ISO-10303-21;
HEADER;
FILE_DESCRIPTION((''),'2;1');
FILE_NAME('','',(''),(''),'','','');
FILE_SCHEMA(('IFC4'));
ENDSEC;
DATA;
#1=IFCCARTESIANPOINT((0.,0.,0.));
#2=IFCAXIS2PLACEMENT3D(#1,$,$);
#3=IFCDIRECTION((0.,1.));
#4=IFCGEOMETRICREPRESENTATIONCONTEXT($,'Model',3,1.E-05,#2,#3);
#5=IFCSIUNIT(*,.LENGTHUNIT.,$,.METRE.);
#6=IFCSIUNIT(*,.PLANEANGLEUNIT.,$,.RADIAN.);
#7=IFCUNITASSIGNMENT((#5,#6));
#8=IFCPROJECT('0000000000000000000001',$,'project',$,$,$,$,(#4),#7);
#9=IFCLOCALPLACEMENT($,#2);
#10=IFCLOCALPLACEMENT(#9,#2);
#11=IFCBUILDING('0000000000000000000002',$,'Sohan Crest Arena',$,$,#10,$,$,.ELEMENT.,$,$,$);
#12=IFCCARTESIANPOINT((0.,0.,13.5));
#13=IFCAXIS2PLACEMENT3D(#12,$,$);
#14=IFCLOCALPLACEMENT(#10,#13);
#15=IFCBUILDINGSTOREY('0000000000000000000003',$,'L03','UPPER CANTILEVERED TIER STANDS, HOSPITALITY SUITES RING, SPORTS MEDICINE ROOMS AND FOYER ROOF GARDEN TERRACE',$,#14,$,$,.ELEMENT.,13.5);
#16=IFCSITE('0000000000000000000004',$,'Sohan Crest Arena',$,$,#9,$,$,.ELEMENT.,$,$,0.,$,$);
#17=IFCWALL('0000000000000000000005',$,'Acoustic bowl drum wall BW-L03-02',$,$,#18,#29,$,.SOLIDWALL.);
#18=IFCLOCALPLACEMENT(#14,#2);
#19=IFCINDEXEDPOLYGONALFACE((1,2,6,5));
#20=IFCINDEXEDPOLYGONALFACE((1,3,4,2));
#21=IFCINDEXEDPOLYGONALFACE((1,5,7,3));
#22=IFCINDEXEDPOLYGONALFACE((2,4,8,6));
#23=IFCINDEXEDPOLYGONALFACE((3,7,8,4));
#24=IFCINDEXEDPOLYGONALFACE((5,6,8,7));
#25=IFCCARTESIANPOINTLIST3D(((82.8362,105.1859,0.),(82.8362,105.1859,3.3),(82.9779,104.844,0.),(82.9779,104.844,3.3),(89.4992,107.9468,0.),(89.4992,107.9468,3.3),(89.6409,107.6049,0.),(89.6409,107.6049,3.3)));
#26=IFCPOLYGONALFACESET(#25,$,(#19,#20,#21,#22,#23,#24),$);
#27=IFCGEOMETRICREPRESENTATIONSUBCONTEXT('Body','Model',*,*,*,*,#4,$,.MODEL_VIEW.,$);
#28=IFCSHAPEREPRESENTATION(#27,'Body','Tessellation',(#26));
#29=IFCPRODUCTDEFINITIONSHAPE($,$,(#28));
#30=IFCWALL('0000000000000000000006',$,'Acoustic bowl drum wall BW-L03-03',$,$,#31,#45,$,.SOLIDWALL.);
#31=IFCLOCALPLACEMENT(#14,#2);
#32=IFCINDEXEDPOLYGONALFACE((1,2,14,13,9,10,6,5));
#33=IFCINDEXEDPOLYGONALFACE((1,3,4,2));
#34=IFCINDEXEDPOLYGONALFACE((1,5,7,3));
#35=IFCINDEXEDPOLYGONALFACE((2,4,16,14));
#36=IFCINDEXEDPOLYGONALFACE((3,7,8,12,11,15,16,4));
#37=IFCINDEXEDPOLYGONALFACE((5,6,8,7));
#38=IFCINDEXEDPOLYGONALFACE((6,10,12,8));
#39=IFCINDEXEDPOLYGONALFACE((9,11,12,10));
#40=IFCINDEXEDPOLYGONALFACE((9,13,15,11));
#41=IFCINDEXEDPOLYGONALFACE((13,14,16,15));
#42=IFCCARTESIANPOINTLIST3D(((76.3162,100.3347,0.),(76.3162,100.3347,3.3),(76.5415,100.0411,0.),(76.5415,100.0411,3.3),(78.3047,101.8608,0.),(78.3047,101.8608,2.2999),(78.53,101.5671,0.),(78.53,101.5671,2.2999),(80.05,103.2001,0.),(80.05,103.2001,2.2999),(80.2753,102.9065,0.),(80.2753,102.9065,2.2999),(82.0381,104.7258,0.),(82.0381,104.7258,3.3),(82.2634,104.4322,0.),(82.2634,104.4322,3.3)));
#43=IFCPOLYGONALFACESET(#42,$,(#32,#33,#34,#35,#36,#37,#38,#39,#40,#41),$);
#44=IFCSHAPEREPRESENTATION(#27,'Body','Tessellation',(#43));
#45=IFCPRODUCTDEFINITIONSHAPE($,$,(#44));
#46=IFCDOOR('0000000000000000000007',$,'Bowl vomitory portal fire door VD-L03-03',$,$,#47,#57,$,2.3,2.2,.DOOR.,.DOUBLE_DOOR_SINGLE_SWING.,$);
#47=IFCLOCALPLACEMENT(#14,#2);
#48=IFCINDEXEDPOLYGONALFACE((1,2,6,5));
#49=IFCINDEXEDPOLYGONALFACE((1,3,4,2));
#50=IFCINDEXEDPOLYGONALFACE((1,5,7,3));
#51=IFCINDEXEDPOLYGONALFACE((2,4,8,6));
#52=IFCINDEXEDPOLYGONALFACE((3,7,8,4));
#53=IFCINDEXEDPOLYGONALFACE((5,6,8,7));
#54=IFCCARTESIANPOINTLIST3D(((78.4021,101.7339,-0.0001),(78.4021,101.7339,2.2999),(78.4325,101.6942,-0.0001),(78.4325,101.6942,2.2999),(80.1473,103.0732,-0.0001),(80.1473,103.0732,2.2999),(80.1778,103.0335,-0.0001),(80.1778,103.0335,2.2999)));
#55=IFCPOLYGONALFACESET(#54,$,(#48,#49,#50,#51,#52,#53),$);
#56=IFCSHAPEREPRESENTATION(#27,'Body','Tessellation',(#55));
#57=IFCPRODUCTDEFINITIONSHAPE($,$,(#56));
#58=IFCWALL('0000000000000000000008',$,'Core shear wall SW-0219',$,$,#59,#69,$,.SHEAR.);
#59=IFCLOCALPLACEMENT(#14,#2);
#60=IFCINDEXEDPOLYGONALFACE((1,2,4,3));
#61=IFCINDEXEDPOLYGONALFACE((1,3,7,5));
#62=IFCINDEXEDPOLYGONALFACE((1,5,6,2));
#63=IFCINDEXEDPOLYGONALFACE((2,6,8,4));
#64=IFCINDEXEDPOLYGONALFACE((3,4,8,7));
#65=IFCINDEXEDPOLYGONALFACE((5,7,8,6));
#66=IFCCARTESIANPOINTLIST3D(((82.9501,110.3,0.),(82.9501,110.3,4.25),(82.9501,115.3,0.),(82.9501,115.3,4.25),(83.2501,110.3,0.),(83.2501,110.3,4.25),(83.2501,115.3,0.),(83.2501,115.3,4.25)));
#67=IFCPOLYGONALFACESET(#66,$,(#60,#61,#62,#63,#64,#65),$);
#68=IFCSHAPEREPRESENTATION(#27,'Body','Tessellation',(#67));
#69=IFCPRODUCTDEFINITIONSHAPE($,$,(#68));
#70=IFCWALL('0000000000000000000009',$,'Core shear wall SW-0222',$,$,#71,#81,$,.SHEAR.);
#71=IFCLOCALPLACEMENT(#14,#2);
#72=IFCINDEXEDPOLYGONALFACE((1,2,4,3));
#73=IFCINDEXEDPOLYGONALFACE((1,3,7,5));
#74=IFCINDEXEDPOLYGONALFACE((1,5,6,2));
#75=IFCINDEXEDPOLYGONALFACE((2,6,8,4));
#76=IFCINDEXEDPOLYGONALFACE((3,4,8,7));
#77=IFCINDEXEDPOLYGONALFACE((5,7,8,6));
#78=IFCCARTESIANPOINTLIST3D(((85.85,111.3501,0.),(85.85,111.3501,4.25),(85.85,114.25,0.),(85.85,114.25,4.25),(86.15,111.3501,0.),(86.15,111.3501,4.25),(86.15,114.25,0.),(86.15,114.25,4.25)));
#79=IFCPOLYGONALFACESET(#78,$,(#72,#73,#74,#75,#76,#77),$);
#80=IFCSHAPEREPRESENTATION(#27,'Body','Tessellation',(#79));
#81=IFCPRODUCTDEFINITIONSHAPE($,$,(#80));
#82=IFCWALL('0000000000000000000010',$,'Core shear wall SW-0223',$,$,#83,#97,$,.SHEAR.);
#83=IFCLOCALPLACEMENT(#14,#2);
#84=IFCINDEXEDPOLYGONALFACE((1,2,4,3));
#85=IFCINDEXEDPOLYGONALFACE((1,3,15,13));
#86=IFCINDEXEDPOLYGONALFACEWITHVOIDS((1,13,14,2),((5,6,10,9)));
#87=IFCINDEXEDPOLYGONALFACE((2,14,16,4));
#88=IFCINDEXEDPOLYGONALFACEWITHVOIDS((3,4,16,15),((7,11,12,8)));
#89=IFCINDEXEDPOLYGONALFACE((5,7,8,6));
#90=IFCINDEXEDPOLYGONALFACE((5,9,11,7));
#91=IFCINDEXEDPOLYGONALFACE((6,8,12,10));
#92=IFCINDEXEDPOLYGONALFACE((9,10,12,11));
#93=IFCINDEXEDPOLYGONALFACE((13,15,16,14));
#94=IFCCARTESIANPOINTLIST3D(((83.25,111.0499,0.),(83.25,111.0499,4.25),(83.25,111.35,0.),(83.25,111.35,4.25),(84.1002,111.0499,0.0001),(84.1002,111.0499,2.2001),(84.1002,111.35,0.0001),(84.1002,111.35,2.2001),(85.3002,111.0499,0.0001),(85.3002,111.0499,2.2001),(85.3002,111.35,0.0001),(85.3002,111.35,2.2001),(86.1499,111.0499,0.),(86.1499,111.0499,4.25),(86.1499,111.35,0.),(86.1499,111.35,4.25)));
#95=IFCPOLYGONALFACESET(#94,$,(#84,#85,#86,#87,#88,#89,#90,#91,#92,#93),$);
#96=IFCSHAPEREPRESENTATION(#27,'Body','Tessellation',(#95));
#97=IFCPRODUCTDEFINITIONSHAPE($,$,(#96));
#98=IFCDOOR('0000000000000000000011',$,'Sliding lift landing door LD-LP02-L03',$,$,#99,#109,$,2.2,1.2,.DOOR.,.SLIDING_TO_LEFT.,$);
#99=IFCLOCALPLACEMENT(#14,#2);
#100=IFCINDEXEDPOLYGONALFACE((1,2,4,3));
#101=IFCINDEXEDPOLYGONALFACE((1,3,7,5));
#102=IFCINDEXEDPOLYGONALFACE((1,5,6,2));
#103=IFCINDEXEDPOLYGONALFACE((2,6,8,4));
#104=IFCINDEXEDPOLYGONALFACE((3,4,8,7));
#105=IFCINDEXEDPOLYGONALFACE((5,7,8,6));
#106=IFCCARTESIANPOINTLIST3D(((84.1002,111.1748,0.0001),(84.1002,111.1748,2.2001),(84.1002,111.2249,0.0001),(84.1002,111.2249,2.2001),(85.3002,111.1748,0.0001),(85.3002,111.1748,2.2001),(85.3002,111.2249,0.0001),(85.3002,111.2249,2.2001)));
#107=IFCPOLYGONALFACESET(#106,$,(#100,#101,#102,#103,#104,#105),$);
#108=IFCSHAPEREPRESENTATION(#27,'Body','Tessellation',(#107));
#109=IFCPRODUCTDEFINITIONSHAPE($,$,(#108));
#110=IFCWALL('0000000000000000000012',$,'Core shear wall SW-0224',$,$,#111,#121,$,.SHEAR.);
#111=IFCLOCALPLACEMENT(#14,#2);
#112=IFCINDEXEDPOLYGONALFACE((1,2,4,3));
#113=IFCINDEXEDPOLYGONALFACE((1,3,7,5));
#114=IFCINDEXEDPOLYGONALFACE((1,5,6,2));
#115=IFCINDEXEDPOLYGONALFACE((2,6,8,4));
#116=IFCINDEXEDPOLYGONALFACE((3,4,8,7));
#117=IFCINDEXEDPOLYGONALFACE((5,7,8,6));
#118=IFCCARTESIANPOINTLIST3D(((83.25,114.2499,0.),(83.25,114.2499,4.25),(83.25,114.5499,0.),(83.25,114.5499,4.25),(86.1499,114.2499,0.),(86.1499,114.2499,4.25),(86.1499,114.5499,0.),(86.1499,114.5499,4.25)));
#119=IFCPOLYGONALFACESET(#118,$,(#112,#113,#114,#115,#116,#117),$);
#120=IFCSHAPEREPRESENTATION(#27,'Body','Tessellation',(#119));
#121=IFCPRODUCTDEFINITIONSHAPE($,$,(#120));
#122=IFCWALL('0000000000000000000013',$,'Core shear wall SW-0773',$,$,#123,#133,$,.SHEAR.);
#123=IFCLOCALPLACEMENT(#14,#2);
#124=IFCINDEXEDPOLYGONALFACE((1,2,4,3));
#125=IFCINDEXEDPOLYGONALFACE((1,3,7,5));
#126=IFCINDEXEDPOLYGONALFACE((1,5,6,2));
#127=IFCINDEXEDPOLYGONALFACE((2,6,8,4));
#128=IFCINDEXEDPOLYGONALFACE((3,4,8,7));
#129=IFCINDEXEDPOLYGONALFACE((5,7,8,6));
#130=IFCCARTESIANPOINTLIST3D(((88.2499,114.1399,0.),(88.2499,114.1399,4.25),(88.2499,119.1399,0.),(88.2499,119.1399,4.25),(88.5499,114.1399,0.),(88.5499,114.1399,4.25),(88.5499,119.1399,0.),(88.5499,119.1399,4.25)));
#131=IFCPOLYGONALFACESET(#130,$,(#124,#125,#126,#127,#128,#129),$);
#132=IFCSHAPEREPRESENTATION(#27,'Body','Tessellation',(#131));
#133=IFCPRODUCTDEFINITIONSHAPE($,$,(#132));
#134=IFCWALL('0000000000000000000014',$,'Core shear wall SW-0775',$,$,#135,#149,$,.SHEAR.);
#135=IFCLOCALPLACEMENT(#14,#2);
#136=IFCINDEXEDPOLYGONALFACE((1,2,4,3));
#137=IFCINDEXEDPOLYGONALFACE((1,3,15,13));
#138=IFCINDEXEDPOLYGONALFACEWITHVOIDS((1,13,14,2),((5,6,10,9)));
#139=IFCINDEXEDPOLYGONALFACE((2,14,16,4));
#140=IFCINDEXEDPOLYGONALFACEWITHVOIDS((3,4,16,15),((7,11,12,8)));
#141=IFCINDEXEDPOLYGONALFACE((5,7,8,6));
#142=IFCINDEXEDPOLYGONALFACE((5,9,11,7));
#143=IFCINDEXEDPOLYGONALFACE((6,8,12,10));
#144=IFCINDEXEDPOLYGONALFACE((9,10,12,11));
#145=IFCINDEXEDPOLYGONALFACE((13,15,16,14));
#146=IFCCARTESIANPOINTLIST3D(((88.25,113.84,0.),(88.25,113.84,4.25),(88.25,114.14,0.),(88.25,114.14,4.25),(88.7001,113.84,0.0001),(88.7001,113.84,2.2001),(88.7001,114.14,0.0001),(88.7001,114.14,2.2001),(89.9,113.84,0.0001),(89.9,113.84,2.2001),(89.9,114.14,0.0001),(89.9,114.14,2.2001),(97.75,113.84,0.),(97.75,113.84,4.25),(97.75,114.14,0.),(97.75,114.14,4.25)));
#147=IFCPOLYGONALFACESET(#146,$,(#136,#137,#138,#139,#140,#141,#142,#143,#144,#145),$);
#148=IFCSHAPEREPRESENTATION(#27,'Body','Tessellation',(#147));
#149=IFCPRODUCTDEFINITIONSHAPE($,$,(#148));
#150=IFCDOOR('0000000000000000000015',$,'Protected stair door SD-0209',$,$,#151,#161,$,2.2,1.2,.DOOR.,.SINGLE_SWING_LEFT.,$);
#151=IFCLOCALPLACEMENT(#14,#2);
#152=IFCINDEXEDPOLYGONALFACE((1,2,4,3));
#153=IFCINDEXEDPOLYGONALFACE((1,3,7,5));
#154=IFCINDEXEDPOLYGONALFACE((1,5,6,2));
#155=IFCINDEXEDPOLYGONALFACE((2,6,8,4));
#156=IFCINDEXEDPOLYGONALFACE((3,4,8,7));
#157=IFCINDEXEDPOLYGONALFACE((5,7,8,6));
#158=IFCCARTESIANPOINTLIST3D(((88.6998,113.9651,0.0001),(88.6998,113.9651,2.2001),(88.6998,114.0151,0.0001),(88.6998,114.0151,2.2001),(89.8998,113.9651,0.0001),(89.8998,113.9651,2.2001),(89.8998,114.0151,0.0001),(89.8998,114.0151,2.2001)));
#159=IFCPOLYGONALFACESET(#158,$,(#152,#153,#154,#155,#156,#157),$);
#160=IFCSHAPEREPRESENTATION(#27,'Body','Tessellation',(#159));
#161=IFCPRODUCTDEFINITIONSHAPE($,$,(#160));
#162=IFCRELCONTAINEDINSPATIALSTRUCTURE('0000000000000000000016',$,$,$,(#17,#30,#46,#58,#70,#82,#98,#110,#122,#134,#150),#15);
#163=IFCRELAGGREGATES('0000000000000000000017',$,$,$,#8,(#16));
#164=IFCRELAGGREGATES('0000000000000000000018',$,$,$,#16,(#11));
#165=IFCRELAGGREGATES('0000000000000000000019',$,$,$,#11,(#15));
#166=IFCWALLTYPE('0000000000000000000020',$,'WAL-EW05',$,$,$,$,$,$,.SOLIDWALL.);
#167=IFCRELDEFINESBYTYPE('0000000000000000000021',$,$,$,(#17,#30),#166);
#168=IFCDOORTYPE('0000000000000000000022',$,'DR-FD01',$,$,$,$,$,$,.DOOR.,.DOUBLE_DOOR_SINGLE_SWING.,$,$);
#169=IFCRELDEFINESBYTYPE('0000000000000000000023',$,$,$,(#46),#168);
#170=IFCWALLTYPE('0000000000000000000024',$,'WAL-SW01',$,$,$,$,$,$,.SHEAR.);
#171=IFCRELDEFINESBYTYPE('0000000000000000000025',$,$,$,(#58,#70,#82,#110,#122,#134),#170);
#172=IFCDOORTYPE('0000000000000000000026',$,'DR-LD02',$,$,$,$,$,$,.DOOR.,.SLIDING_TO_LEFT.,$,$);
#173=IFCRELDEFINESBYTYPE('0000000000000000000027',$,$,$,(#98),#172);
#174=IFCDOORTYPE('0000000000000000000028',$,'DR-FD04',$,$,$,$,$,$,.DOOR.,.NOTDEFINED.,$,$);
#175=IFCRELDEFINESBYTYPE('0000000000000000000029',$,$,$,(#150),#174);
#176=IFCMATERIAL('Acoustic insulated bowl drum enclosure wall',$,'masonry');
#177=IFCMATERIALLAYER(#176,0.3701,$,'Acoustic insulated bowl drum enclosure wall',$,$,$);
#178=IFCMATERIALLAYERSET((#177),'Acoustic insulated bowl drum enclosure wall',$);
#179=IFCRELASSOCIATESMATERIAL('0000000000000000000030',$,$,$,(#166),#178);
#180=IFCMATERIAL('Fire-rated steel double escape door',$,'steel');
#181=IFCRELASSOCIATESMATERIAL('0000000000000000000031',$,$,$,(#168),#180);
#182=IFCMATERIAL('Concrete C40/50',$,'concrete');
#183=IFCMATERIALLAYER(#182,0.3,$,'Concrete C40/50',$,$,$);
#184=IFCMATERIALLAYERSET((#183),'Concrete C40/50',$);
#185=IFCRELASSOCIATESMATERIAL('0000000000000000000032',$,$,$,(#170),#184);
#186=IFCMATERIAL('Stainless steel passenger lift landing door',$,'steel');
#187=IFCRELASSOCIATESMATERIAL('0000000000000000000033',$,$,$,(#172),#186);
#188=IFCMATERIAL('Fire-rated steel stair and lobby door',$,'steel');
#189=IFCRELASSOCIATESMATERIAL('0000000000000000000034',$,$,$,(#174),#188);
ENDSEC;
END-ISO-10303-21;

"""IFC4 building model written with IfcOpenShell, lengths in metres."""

from ifc_helpers import new_model, si_unit, direction, frame, frame_2d, origin, place, context, subcontext, project, spatial, rectangle, extrude, material, layer, layer_set, type_object, element, fill, save


model = new_model("IFC4")

# Units and contexts
model_context = context("Model", 3, precision=1e-05, world=origin(), true_north=direction((0.0, 1.0)))
body_context = subcontext(model_context, "Body", "Model", "MODEL_VIEW")
ifc_project = project(units=[si_unit("LENGTHUNIT", "METRE"), si_unit("PLANEANGLEUNIT", "RADIAN")], contexts=[model_context])

# Site, building, storey
site_placement = place(None, origin())
site = spatial("IfcSite", under=ifc_project, at=site_placement, Name="Sohan Crest Arena", CompositionType="ELEMENT", RefElevation=0.0)
building_placement = place(site_placement, origin())
building = spatial("IfcBuilding", under=site, at=building_placement, Name="Sohan Crest Arena", CompositionType="ELEMENT")
storey_placement = place(building_placement, frame((0.0, 0.0, 13.5)))
storey = spatial("IfcBuildingStorey", under=building, at=storey_placement, Name="L03", Description="UPPER CANTILEVERED TIER STANDS, HOSPITALITY SUITES RING, SPORTS MEDICINE ROOMS AND FOYER ROOF GARDEN TERRACE", CompositionType="ELEMENT", Elevation=13.5)

# Shared definitions
ifc_material_1 = material(Name="Concrete C40/50", Category="concrete")

# Wall
ifc_material_2 = material(Name="Acoustic insulated bowl drum enclosure wall", Category="masonry")
ifc_layer_1 = layer(ifc_material_2, 0.3701, Name="Acoustic insulated bowl drum enclosure wall")
ifc_layer_set_1 = layer_set([ifc_layer_1], Name="Acoustic insulated bowl drum enclosure wall")
wall_type_1 = type_object("IfcWallType", Name="WAL-EW05", PredefinedType="SOLIDWALL", material=ifc_layer_set_1)
wall_1_placement = place(storey_placement, frame((89.5701, 107.7759, 0.0), z_axis=(0.0, 0.0, 1.0), x_axis=(-0.923828, -0.382807, 0.0)))
element("IfcWall", 1, at=wall_1_placement, inside=storey, type_object=wall_type_1, Name="Acoustic bowl drum wall BW-L03-02", PredefinedType="SOLIDWALL", context=body_context, shape_type="SweptSolid", body=[
    extrude(rectangle(XDim=7.2124, YDim=0.3701, at=frame_2d((3.6062, 0.0))), origin(), (0.0, 0.0, 1.0), 3.3),
])

# Wall, opening, door
wall_2_placement = place(storey_placement, frame((82.1509, 104.5791, 0.0), z_axis=(0.0, 0.0, 1.0), x_axis=(-0.793318, -0.608807, 0.0)))
wall_2 = element("IfcWall", 2, at=wall_2_placement, inside=storey, type_object=wall_type_1, Name="Acoustic bowl drum wall BW-L03-03", PredefinedType="SOLIDWALL", context=body_context, shape_type="SweptSolid", body=[
    extrude(rectangle(XDim=7.2126, YDim=0.3701, at=frame_2d((3.6064, 0.0))), origin(), (0.0, 0.0, 1.0), 3.3),
])
opening_1_placement = place(wall_2_placement, frame((2.5061, 0.0, 0.0)))
opening_1 = element("IfcOpeningElement", 3, at=opening_1_placement, cuts=wall_2, PredefinedType="OPENING", context=body_context, shape_type="SweptSolid", body=[
    extrude(rectangle(XDim=2.2, YDim=2.3, at=frame_2d((1.1001, 1.1499))), frame((0.0, 0.1951, 0.0), z_axis=(0.0, -1.0, 0.0), x_axis=(1.0, 0.0, 0.0)), (0.0, 0.0, 1.0), 0.3901),
])
ifc_material_3 = material(Name="Fire-rated steel double escape door", Category="steel")
door_type_1 = type_object("IfcDoorType", Name="DR-FD01", OperationType="DOUBLE_DOOR_SINGLE_SWING", PredefinedType="DOOR", material=ifc_material_3)
door_1_placement = place(opening_1_placement, origin())
door_1 = element("IfcDoor", 4, at=door_1_placement, inside=storey, type_object=door_type_1, Name="Bowl vomitory portal fire door VD-L03-03", OperationType="DOUBLE_DOOR_SINGLE_SWING", OverallHeight=2.3, OverallWidth=2.2, PredefinedType="DOOR", context=body_context, shape_type="SweptSolid", body=[
    extrude(rectangle(XDim=2.2, YDim=2.3, at=frame_2d((1.1001, 1.1499))), frame((0.0, 0.0249, 0.0), z_axis=(0.0, -1.0, 0.0), x_axis=(1.0, 0.0, 0.0)), (0.0, 0.0, 1.0), 0.05),
])
fill(opening_1, door_1)

# Walls
ifc_layer_2 = layer(ifc_material_1, 0.3, Name="Concrete C40/50")
ifc_layer_set_2 = layer_set([ifc_layer_2], Name="Concrete C40/50")
wall_type_2 = type_object("IfcWallType", Name="WAL-SW01", PredefinedType="SHEAR", material=ifc_layer_set_2)
wall_3_placement = place(storey_placement, frame((83.1001, 110.3, 0.0), z_axis=(0.0, 0.0, 1.0), x_axis=(0.0, 1.0, 0.0)))
element("IfcWall", 5, at=wall_3_placement, inside=storey, type_object=wall_type_2, Name="Core shear wall SW-0219", PredefinedType="SHEAR", context=body_context, shape_type="SweptSolid", body=[
    extrude(rectangle(XDim=5.0, YDim=0.3, at=frame_2d((2.5, 0.0))), origin(), (0.0, 0.0, 1.0), 4.25),
])
wall_4_placement = place(storey_placement, frame((86.0, 111.3501, 0.0), z_axis=(0.0, 0.0, 1.0), x_axis=(0.0, 1.0, 0.0)))
element("IfcWall", 6, at=wall_4_placement, inside=storey, type_object=wall_type_2, Name="Core shear wall SW-0222", PredefinedType="SHEAR", context=body_context, shape_type="SweptSolid", body=[
    extrude(rectangle(XDim=2.8999, YDim=0.3, at=frame_2d((1.45, 0.0))), origin(), (0.0, 0.0, 1.0), 4.25),
])

# Wall, opening, door
wall_5_placement = place(storey_placement, frame((83.25, 111.2, 0.0), z_axis=(0.0, 0.0, 1.0), x_axis=(1.0, 0.0, 0.0)))
wall_5 = element("IfcWall", 7, at=wall_5_placement, inside=storey, type_object=wall_type_2, Name="Core shear wall SW-0223", PredefinedType="SHEAR", context=body_context, shape_type="SweptSolid", body=[
    extrude(rectangle(XDim=2.8999, YDim=0.3, at=frame_2d((1.45, 0.0))), origin(), (0.0, 0.0, 1.0), 4.25),
])
opening_2_placement = place(wall_5_placement, frame((0.8501, 0.0, 0.0)))
opening_2 = element("IfcOpeningElement", 8, at=opening_2_placement, cuts=wall_5, PredefinedType="OPENING", context=body_context, shape_type="SweptSolid", body=[
    extrude(rectangle(XDim=1.2, YDim=2.2, at=frame_2d((0.6001, 1.1001))), frame((0.0, 0.1599, 0.0), z_axis=(0.0, -1.0, 0.0), x_axis=(1.0, 0.0, 0.0)), (0.0, 0.0, 1.0), 0.3201),
])
ifc_material_4 = material(Name="Stainless steel passenger lift landing door", Category="steel")
door_type_2 = type_object("IfcDoorType", Name="DR-LD02", OperationType="SLIDING_TO_LEFT", PredefinedType="DOOR", material=ifc_material_4)
door_2_placement = place(opening_2_placement, origin())
door_2 = element("IfcDoor", 9, at=door_2_placement, inside=storey, type_object=door_type_2, Name="Sliding lift landing door LD-LP02-L03", OperationType="SLIDING_TO_LEFT", OverallHeight=2.2, OverallWidth=1.2, PredefinedType="DOOR", context=body_context, shape_type="SweptSolid", body=[
    extrude(rectangle(XDim=1.2, YDim=2.2, at=frame_2d((0.6001, 1.1001))), frame((0.0, 0.0249, 0.0), z_axis=(0.0, -1.0, 0.0), x_axis=(1.0, 0.0, 0.0)), (0.0, 0.0, 1.0), 0.05),
])
fill(opening_2, door_2)

# Walls
wall_6_placement = place(storey_placement, frame((83.25, 114.3999, 0.0), z_axis=(0.0, 0.0, 1.0), x_axis=(1.0, 0.0, 0.0)))
element("IfcWall", 10, at=wall_6_placement, inside=storey, type_object=wall_type_2, Name="Core shear wall SW-0224", PredefinedType="SHEAR", context=body_context, shape_type="SweptSolid", body=[
    extrude(rectangle(XDim=2.8999, YDim=0.3, at=frame_2d((1.45, 0.0))), origin(), (0.0, 0.0, 1.0), 4.25),
])
wall_7_placement = place(storey_placement, frame((88.3999, 114.1399, 0.0), z_axis=(0.0, 0.0, 1.0), x_axis=(0.0, 1.0, 0.0)))
element("IfcWall", 11, at=wall_7_placement, inside=storey, type_object=wall_type_2, Name="Core shear wall SW-0773", PredefinedType="SHEAR", context=body_context, shape_type="SweptSolid", body=[
    extrude(rectangle(XDim=5.0, YDim=0.3, at=frame_2d((2.5, 0.0))), origin(), (0.0, 0.0, 1.0), 4.25),
])

# Wall, opening, door
wall_8_placement = place(storey_placement, frame((88.25, 113.99, 0.0), z_axis=(0.0, 0.0, 1.0), x_axis=(1.0, 0.0, 0.0)))
wall_8 = element("IfcWall", 12, at=wall_8_placement, inside=storey, type_object=wall_type_2, Name="Core shear wall SW-0775", PredefinedType="SHEAR", context=body_context, shape_type="SweptSolid", body=[
    extrude(rectangle(XDim=9.5, YDim=0.3, at=frame_2d((4.75, 0.0))), origin(), (0.0, 0.0, 1.0), 4.25),
])
opening_3_placement = place(wall_8_placement, frame((0.45, 0.0, 0.0)))
opening_3 = element("IfcOpeningElement", 13, at=opening_3_placement, cuts=wall_8, PredefinedType="OPENING", context=body_context, shape_type="SweptSolid", body=[
    extrude(rectangle(XDim=1.2, YDim=2.2, at=frame_2d((0.6001, 1.1001))), frame((0.0, 0.1599, 0.0), z_axis=(0.0, -1.0, 0.0), x_axis=(1.0, 0.0, 0.0)), (0.0, 0.0, 1.0), 0.3201),
])
ifc_material_5 = material(Name="Fire-rated steel stair and lobby door", Category="steel")
door_type_3 = type_object("IfcDoorType", Name="DR-FD04", OperationType="NOTDEFINED", PredefinedType="DOOR", material=ifc_material_5)
door_3_placement = place(opening_3_placement, frame((1.2, 0.0, 0.0), z_axis=(0.0, 0.0, 1.0), x_axis=(-1.0, 0.0, 0.0)))
door_3 = element("IfcDoor", 14, at=door_3_placement, inside=storey, type_object=door_type_3, Name="Protected stair door SD-0209", OperationType="SINGLE_SWING_LEFT", OverallHeight=2.2, OverallWidth=1.2, PredefinedType="DOOR", context=body_context, shape_type="SweptSolid", body=[
    extrude(rectangle(XDim=1.2, YDim=2.2, at=frame_2d((0.6001, 1.1001))), frame((0.0, 0.0249, 0.0), z_axis=(0.0, -1.0, 0.0), x_axis=(1.0, 0.0, 0.0)), (0.0, 0.0, 1.0), 0.05),
])
fill(opening_3, door_3)

save(model, "model.ifc")
